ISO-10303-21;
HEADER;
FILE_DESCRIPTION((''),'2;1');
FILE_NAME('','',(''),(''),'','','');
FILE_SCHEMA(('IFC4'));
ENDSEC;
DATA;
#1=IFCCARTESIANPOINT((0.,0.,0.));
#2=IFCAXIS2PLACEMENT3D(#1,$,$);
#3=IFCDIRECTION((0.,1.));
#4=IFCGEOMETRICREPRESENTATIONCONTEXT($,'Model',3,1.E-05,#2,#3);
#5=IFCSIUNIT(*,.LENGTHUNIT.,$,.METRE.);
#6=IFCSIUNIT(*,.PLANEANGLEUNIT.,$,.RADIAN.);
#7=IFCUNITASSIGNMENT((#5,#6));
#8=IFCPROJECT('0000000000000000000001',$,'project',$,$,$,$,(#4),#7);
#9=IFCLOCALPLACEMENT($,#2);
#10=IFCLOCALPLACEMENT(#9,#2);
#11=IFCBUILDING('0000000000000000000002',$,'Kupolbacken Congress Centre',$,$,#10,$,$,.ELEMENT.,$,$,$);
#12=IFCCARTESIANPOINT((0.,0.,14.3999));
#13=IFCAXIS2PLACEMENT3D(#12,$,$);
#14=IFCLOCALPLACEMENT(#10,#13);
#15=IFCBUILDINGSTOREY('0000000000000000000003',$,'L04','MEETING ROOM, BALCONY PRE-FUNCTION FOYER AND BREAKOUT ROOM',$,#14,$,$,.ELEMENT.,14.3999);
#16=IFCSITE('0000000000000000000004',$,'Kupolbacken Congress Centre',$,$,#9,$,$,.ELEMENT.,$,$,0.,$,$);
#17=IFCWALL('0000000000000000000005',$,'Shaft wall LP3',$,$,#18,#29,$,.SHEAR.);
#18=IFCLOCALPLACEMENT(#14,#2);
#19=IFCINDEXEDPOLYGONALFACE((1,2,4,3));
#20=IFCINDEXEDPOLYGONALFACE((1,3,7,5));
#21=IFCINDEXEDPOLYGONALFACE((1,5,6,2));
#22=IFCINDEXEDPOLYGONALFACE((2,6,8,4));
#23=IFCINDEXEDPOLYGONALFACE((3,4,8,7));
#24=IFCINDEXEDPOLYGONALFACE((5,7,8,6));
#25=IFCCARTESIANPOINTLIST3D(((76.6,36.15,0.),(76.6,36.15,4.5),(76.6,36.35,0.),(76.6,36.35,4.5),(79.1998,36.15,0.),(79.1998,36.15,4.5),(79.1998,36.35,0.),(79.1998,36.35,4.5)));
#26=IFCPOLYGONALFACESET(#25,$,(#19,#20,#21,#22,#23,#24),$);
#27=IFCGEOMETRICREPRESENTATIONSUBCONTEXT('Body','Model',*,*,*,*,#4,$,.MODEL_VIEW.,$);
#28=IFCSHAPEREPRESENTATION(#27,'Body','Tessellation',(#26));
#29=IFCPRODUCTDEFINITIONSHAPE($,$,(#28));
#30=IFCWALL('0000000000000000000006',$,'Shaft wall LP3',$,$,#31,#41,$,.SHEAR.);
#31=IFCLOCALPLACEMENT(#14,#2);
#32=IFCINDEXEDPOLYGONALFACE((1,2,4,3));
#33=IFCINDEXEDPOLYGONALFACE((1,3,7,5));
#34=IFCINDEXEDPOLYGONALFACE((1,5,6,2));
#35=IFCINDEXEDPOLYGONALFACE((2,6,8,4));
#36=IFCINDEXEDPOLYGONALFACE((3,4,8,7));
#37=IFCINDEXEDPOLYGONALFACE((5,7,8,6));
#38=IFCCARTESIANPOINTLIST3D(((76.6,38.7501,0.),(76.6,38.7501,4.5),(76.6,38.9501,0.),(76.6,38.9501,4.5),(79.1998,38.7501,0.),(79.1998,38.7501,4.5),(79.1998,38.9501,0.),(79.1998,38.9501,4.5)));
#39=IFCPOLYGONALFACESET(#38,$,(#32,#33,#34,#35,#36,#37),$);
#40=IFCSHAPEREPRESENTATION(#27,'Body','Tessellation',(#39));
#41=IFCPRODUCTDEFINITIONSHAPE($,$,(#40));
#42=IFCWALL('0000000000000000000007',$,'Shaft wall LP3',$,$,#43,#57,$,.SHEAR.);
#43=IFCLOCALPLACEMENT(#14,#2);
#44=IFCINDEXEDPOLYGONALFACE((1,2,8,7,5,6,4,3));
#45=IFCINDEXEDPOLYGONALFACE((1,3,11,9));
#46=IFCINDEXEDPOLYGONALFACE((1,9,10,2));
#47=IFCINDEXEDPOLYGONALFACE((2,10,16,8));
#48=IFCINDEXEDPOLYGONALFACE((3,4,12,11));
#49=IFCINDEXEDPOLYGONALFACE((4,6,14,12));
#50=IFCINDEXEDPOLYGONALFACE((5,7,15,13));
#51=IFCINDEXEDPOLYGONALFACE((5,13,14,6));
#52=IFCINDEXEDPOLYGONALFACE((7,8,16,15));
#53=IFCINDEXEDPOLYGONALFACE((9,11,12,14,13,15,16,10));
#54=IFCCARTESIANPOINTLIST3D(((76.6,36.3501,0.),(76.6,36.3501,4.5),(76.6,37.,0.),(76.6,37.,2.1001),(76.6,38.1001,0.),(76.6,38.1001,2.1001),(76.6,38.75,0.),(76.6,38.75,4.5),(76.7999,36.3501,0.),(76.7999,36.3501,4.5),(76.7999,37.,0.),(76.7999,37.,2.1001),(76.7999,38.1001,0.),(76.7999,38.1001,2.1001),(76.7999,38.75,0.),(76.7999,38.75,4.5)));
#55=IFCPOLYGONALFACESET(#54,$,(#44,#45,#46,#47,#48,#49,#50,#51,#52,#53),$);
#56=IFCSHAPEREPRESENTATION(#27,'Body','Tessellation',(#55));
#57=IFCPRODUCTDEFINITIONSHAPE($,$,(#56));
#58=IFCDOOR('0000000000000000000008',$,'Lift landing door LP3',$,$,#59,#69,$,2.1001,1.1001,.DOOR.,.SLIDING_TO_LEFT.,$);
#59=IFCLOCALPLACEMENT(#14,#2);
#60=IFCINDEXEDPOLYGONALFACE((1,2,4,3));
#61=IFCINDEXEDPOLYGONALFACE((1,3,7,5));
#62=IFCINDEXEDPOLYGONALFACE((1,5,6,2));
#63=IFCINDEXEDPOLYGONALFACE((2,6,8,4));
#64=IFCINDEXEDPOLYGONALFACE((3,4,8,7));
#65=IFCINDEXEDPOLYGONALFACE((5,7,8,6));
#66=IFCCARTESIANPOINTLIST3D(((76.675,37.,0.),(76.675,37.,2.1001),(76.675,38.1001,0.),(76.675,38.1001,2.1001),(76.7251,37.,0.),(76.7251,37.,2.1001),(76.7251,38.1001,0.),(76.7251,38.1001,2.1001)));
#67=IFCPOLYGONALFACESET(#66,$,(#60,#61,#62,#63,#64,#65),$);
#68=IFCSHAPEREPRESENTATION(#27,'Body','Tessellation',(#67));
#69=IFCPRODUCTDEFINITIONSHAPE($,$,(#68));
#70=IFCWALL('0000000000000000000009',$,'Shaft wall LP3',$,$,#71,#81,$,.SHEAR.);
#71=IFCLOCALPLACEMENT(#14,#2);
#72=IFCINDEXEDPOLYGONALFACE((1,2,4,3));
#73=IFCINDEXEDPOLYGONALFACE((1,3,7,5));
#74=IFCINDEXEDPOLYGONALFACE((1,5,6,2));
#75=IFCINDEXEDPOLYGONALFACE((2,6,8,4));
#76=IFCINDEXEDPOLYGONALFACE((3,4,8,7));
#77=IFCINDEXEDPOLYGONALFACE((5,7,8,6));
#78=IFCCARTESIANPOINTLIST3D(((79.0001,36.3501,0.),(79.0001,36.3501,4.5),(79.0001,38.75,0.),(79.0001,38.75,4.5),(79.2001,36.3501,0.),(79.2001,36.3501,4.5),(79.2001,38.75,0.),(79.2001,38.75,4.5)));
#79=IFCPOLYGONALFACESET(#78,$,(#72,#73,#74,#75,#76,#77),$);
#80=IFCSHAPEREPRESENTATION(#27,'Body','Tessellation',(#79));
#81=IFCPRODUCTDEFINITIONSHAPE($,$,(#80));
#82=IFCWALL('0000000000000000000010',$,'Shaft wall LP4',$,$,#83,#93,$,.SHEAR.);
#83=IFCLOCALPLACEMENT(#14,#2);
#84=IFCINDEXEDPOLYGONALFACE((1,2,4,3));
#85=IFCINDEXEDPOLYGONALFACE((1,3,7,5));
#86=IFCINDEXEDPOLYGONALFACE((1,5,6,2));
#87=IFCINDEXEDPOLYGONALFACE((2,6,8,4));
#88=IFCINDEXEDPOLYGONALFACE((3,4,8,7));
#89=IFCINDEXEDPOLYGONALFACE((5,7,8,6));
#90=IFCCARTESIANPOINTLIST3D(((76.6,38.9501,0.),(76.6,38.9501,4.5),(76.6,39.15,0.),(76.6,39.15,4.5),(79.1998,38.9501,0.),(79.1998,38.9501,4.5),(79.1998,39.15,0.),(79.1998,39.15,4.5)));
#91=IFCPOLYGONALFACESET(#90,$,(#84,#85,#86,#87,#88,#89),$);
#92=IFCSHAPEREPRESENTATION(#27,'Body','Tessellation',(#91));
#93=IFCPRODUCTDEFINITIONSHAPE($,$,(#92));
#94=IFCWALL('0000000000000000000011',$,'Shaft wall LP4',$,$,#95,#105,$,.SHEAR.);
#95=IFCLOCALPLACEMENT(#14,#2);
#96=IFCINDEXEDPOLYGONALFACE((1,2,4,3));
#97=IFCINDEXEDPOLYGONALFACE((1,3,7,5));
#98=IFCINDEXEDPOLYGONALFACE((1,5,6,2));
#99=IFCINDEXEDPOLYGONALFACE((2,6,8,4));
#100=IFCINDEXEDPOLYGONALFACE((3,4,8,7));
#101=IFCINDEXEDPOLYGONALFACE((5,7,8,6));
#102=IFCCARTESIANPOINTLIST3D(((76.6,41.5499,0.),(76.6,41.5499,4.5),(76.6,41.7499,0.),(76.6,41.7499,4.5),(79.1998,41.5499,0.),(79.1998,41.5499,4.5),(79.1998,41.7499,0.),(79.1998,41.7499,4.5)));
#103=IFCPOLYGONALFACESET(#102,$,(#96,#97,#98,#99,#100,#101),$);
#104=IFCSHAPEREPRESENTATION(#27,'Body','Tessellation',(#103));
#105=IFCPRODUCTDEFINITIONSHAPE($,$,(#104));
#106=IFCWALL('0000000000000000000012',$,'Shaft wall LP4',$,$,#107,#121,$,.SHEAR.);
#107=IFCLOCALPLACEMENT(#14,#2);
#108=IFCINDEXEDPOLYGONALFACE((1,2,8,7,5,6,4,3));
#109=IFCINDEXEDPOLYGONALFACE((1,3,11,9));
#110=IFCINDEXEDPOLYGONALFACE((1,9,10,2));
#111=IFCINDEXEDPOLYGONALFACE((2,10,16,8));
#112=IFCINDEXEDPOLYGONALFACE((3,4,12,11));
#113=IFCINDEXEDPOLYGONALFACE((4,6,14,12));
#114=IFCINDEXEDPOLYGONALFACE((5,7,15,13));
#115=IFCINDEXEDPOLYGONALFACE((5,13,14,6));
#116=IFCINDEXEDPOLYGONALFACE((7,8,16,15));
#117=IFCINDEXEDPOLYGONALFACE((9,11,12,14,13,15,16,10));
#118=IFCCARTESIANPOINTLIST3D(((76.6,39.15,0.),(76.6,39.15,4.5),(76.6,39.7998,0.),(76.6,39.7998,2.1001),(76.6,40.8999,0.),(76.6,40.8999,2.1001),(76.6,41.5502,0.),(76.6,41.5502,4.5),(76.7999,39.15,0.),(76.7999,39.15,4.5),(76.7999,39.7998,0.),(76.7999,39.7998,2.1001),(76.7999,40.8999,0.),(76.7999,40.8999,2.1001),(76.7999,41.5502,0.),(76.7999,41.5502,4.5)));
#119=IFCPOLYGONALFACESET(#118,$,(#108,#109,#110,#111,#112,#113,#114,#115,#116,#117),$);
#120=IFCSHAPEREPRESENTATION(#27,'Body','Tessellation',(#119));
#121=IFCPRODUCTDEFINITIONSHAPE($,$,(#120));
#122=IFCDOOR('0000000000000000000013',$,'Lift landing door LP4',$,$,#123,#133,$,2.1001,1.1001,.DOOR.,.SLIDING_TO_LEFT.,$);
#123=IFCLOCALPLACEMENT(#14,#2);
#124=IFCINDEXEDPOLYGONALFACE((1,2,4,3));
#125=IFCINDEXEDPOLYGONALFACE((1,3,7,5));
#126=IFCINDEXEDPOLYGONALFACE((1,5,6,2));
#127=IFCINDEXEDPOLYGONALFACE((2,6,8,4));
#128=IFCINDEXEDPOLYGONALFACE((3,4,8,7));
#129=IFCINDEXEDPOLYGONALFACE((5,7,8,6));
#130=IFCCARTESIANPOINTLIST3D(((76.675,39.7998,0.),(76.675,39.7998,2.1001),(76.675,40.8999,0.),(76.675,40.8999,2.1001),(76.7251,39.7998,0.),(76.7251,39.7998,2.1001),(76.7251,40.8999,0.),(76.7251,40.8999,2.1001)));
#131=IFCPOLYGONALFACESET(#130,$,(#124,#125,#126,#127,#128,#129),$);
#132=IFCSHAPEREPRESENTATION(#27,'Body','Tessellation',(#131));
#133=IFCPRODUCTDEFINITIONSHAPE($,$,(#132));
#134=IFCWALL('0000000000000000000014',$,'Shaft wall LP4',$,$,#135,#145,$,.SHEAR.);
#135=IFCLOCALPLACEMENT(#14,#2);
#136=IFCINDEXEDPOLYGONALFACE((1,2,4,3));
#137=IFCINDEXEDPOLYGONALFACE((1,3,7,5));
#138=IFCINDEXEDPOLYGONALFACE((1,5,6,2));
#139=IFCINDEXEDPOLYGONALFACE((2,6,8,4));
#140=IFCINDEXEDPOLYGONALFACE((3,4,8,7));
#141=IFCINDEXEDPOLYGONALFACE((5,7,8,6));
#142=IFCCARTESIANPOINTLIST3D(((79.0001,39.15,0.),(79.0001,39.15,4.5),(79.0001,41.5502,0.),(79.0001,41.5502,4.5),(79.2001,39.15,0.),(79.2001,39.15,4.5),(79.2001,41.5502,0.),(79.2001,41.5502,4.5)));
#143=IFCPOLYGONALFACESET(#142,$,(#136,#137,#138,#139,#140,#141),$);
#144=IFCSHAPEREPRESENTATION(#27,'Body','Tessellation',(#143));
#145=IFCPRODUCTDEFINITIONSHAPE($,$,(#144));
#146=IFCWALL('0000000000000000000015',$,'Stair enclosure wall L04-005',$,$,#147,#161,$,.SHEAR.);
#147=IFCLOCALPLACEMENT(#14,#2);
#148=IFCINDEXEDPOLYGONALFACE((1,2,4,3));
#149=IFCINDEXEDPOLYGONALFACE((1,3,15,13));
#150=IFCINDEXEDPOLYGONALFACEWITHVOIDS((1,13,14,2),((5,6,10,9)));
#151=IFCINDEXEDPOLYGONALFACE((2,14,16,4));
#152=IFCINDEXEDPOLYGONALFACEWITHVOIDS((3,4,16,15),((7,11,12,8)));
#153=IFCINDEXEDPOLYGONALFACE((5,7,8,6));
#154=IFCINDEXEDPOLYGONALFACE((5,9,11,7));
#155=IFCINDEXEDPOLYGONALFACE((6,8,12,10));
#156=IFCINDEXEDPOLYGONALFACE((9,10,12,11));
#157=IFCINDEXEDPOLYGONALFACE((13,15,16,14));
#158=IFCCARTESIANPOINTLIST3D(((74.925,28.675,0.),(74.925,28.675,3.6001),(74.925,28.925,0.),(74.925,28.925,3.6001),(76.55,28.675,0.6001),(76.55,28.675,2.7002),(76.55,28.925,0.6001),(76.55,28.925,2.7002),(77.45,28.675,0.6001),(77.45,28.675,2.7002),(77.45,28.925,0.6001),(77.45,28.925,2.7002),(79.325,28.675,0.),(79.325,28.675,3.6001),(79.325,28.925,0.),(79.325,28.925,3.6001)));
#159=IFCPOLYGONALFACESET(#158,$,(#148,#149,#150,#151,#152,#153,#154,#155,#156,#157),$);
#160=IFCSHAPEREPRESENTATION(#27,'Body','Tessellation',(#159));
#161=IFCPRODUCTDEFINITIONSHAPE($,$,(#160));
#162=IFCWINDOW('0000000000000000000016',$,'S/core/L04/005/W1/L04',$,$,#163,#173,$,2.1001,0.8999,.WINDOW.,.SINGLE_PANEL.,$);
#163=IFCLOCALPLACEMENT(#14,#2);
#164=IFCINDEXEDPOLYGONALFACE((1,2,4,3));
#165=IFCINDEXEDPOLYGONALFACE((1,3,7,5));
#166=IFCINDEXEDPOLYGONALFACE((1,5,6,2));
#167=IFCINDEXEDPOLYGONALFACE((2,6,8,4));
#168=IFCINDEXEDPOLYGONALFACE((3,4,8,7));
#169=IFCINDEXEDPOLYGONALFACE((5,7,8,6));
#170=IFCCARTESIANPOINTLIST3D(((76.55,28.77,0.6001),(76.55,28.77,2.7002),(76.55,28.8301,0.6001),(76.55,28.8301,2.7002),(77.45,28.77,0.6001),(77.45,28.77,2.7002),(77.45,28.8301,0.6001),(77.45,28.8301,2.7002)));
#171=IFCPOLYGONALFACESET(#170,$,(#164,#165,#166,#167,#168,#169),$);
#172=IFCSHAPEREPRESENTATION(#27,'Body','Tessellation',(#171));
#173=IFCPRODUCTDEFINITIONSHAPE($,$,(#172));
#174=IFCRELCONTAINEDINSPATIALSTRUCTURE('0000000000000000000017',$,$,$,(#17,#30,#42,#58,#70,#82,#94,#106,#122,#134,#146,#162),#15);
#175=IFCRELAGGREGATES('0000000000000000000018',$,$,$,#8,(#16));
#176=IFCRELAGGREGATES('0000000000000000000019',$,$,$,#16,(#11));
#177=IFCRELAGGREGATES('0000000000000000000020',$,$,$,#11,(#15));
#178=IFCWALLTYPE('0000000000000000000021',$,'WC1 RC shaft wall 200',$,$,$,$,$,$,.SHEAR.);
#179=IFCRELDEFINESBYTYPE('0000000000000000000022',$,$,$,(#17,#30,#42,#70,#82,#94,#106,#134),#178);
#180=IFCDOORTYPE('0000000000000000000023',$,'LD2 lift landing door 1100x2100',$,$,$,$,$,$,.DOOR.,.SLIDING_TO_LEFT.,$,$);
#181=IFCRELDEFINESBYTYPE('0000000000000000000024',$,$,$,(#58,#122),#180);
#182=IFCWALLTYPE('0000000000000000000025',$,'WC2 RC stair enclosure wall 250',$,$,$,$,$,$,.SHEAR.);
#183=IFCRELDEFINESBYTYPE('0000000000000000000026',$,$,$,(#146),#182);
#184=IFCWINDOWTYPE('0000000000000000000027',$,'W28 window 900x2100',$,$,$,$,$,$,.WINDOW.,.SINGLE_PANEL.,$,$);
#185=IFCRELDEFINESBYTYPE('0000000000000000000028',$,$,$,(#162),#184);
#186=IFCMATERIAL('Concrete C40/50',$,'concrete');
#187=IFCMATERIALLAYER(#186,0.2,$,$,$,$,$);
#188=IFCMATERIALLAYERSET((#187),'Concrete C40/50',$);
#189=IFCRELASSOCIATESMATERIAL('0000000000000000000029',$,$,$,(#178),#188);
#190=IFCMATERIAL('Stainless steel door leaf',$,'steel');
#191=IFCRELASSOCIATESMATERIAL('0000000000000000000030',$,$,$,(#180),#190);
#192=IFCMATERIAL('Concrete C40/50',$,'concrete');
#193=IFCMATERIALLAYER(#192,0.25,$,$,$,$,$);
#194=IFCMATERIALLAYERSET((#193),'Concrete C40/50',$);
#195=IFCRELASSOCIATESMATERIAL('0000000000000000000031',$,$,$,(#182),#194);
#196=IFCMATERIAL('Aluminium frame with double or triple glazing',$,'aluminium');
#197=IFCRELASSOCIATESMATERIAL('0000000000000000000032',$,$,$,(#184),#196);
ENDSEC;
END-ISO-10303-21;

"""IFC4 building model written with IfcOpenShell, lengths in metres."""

from ifc_helpers import new_model, si_unit, direction, frame, frame_2d, origin, place, context, subcontext, project, spatial, rectangle, extrude, material, layer, layer_set, type_object, element, fill, save


model = new_model("IFC4")

# Units and contexts
model_context = context("Model", 3, precision=1e-05, world=origin(), true_north=direction((0.0, 1.0)))
body_context = subcontext(model_context, "Body", "Model", "MODEL_VIEW")
ifc_project = project(units=[si_unit("LENGTHUNIT", "METRE"), si_unit("PLANEANGLEUNIT", "RADIAN")], contexts=[model_context])

# Site, building, storey
site_placement = place(None, origin())
site = spatial("IfcSite", under=ifc_project, at=site_placement, Name="Kupolbacken Congress Centre", CompositionType="ELEMENT", RefElevation=0.0)
building_placement = place(site_placement, origin())
building = spatial("IfcBuilding", under=site, at=building_placement, Name="Kupolbacken Congress Centre", CompositionType="ELEMENT")
storey_placement = place(building_placement, frame((0.0, 0.0, 14.3999)))
storey = spatial("IfcBuildingStorey", under=building, at=storey_placement, Name="L04", Description="MEETING ROOM, BALCONY PRE-FUNCTION FOYER AND BREAKOUT ROOM", CompositionType="ELEMENT", Elevation=14.3999)

# Walls
ifc_material_1 = material(Name="Concrete C40/50", Category="concrete")
ifc_layer_1 = layer(ifc_material_1, 0.2)
ifc_layer_set_1 = layer_set([ifc_layer_1], Name="Concrete C40/50")
wall_type_1 = type_object("IfcWallType", Name="WC1 RC shaft wall 200", PredefinedType="SHEAR", material=ifc_layer_set_1)
for number, where, z_axis, x_axis, name in (
    (1, (76.6001, 36.25, 0.0), (0.0, 0.0, 1.0), (1.0, 0.0, 0.0), "Shaft wall LP3"),
    (2, (76.6001, 38.8501, 0.0), (0.0, 0.0, 1.0), (1.0, 0.0, 0.0), "Shaft wall LP3"),
):
    element("IfcWall", number, at=place(storey_placement, frame(where, z_axis=z_axis, x_axis=x_axis)), inside=storey, type_object=wall_type_1, Name=name, PredefinedType="SHEAR", context=body_context, shape_type="SweptSolid", body=[
        extrude(rectangle(XDim=2.5999, YDim=0.2, at=frame_2d((1.2998, 0.0))), origin(), (0.0, 0.0, 1.0), 4.5),
    ])

# Wall, opening, door
wall_1_placement = place(storey_placement, frame((76.7, 36.3501, 0.0), z_axis=(0.0, 0.0, 1.0), x_axis=(0.0, 1.0, 0.0)))
wall_1 = element("IfcWall", 3, at=wall_1_placement, inside=storey, type_object=wall_type_1, Name="Shaft wall LP3", PredefinedType="SHEAR", context=body_context, shape_type="SweptSolid", body=[
    extrude(rectangle(XDim=2.3999, YDim=0.2, at=frame_2d((1.2, 0.0))), origin(), (0.0, 0.0, 1.0), 4.5),
])
opening_1_placement = place(wall_1_placement, frame((0.6499, 0.0, 0.0)))
opening_1 = element("IfcOpeningElement", 4, at=opening_1_placement, cuts=wall_1, PredefinedType="OPENING", context=body_context, shape_type="SweptSolid", body=[
    extrude(rectangle(XDim=1.1001, YDim=2.1001, at=frame_2d((0.55, 1.05))), frame((0.0, 0.1099, 0.0), z_axis=(0.0, -1.0, 0.0), x_axis=(1.0, 0.0, 0.0)), (0.0, 0.0, 1.0), 0.22),
])
ifc_material_2 = material(Name="Stainless steel door leaf", Category="steel")
door_type = type_object("IfcDoorType", Name="LD2 lift landing door 1100x2100", OperationType="SLIDING_TO_LEFT", PredefinedType="DOOR", material=ifc_material_2)
door_1_placement = place(opening_1_placement, origin())
door_1 = element("IfcDoor", 5, at=door_1_placement, inside=storey, type_object=door_type, Name="Lift landing door LP3", OperationType="SLIDING_TO_LEFT", OverallHeight=2.1001, OverallWidth=1.1001, PredefinedType="DOOR", context=body_context, shape_type="SweptSolid", body=[
    extrude(rectangle(XDim=1.1001, YDim=2.1001, at=frame_2d((0.55, 1.05))), frame((0.0, 0.0249, 0.0), z_axis=(0.0, -1.0, 0.0), x_axis=(1.0, 0.0, 0.0)), (0.0, 0.0, 1.0), 0.05),
])
fill(opening_1, door_1)

# Walls
wall_2_placement = place(storey_placement, frame((79.1001, 36.3501, 0.0), z_axis=(0.0, 0.0, 1.0), x_axis=(0.0, 1.0, 0.0)))
element("IfcWall", 6, at=wall_2_placement, inside=storey, type_object=wall_type_1, Name="Shaft wall LP3", PredefinedType="SHEAR", context=body_context, shape_type="SweptSolid", body=[
    extrude(rectangle(XDim=2.3999, YDim=0.2, at=frame_2d((1.2, 0.0))), origin(), (0.0, 0.0, 1.0), 4.5),
])
for number, where, z_axis, x_axis, name in (
    (7, (76.6001, 39.05, 0.0), (0.0, 0.0, 1.0), (1.0, 0.0, 0.0), "Shaft wall LP4"),
    (8, (76.6001, 41.6499, 0.0), (0.0, 0.0, 1.0), (1.0, 0.0, 0.0), "Shaft wall LP4"),
):
    element("IfcWall", number, at=place(storey_placement, frame(where, z_axis=z_axis, x_axis=x_axis)), inside=storey, type_object=wall_type_1, Name=name, PredefinedType="SHEAR", context=body_context, shape_type="SweptSolid", body=[
        extrude(rectangle(XDim=2.5999, YDim=0.2, at=frame_2d((1.2998, 0.0))), origin(), (0.0, 0.0, 1.0), 4.5),
    ])

# Wall, opening, door
wall_3_placement = place(storey_placement, frame((76.7, 39.1499, 0.0), z_axis=(0.0, 0.0, 1.0), x_axis=(0.0, 1.0, 0.0)))
wall_3 = element("IfcWall", 9, at=wall_3_placement, inside=storey, type_object=wall_type_1, Name="Shaft wall LP4", PredefinedType="SHEAR", context=body_context, shape_type="SweptSolid", body=[
    extrude(rectangle(XDim=2.4001, YDim=0.2, at=frame_2d((1.2002, 0.0))), origin(), (0.0, 0.0, 1.0), 4.5),
])
opening_2_placement = place(wall_3_placement, frame((0.6499, 0.0, 0.0)))
opening_2 = element("IfcOpeningElement", 10, at=opening_2_placement, cuts=wall_3, PredefinedType="OPENING", context=body_context, shape_type="SweptSolid", body=[
    extrude(rectangle(XDim=1.1001, YDim=2.1001, at=frame_2d((0.55, 1.05))), frame((0.0, 0.1099, 0.0), z_axis=(0.0, -1.0, 0.0), x_axis=(1.0, 0.0, 0.0)), (0.0, 0.0, 1.0), 0.22),
])
door_2_placement = place(opening_2_placement, origin())
door_2 = element("IfcDoor", 11, at=door_2_placement, inside=storey, type_object=door_type, Name="Lift landing door LP4", OperationType="SLIDING_TO_LEFT", OverallHeight=2.1001, OverallWidth=1.1001, PredefinedType="DOOR", context=body_context, shape_type="SweptSolid", body=[
    extrude(rectangle(XDim=1.1001, YDim=2.1001, at=frame_2d((0.55, 1.05))), frame((0.0, 0.0249, 0.0), z_axis=(0.0, -1.0, 0.0), x_axis=(1.0, 0.0, 0.0)), (0.0, 0.0, 1.0), 0.05),
])
fill(opening_2, door_2)

# Wall
wall_4_placement = place(storey_placement, frame((79.1001, 39.1499, 0.0), z_axis=(0.0, 0.0, 1.0), x_axis=(0.0, 1.0, 0.0)))
element("IfcWall", 12, at=wall_4_placement, inside=storey, type_object=wall_type_1, Name="Shaft wall LP4", PredefinedType="SHEAR", context=body_context, shape_type="SweptSolid", body=[
    extrude(rectangle(XDim=2.4001, YDim=0.2, at=frame_2d((1.2002, 0.0))), origin(), (0.0, 0.0, 1.0), 4.5),
])

# Wall, opening, window
ifc_material_3 = material(Name="Concrete C40/50", Category="concrete")
ifc_layer_2 = layer(ifc_material_3, 0.25)
ifc_layer_set_2 = layer_set([ifc_layer_2], Name="Concrete C40/50")
wall_type_2 = type_object("IfcWallType", Name="WC2 RC stair enclosure wall 250", PredefinedType="SHEAR", material=ifc_layer_set_2)
wall_5_placement = place(storey_placement, frame((74.925, 28.8, 0.0), z_axis=(0.0, 0.0, 1.0), x_axis=(1.0, 0.0, 0.0)))
wall_5 = element("IfcWall", 13, at=wall_5_placement, inside=storey, type_object=wall_type_2, Name="Stair enclosure wall L04-005", PredefinedType="SHEAR", context=body_context, shape_type="SweptSolid", body=[
    extrude(rectangle(XDim=4.3999, YDim=0.25, at=frame_2d((2.2, 0.0))), origin(), (0.0, 0.0, 1.0), 3.6001),
])
opening_3_placement = place(wall_5_placement, frame((1.625, 0.0, 0.6001)))
opening_3 = element("IfcOpeningElement", 14, at=opening_3_placement, cuts=wall_5, PredefinedType="OPENING", context=body_context, shape_type="SweptSolid", body=[
    extrude(rectangle(XDim=0.8999, YDim=2.1001, at=frame_2d((0.45, 1.05))), frame((0.0, 0.135, 0.0), z_axis=(0.0, -1.0, 0.0), x_axis=(1.0, 0.0, 0.0)), (0.0, 0.0, 1.0), 0.27),
])
ifc_material_4 = material(Name="Aluminium frame with double or triple glazing", Category="aluminium")
window_type = type_object("IfcWindowType", Name="W28 window 900x2100", PartitioningType="SINGLE_PANEL", PredefinedType="WINDOW", material=ifc_material_4)
window_1_placement = place(opening_3_placement, origin())
window_1 = element("IfcWindow", 15, at=window_1_placement, inside=storey, type_object=window_type, Name="S/core/L04/005/W1/L04", OverallHeight=2.1001, OverallWidth=0.8999, PartitioningType="SINGLE_PANEL", PredefinedType="WINDOW", context=body_context, shape_type="SweptSolid", body=[
    extrude(rectangle(XDim=0.8999, YDim=2.1001, at=frame_2d((0.45, 1.05))), frame((0.0, 0.03, 0.0), z_axis=(0.0, -1.0, 0.0), x_axis=(1.0, 0.0, 0.0)), (0.0, 0.0, 1.0), 0.0601),
])
fill(opening_3, window_1)

save(model, "model.ifc")
